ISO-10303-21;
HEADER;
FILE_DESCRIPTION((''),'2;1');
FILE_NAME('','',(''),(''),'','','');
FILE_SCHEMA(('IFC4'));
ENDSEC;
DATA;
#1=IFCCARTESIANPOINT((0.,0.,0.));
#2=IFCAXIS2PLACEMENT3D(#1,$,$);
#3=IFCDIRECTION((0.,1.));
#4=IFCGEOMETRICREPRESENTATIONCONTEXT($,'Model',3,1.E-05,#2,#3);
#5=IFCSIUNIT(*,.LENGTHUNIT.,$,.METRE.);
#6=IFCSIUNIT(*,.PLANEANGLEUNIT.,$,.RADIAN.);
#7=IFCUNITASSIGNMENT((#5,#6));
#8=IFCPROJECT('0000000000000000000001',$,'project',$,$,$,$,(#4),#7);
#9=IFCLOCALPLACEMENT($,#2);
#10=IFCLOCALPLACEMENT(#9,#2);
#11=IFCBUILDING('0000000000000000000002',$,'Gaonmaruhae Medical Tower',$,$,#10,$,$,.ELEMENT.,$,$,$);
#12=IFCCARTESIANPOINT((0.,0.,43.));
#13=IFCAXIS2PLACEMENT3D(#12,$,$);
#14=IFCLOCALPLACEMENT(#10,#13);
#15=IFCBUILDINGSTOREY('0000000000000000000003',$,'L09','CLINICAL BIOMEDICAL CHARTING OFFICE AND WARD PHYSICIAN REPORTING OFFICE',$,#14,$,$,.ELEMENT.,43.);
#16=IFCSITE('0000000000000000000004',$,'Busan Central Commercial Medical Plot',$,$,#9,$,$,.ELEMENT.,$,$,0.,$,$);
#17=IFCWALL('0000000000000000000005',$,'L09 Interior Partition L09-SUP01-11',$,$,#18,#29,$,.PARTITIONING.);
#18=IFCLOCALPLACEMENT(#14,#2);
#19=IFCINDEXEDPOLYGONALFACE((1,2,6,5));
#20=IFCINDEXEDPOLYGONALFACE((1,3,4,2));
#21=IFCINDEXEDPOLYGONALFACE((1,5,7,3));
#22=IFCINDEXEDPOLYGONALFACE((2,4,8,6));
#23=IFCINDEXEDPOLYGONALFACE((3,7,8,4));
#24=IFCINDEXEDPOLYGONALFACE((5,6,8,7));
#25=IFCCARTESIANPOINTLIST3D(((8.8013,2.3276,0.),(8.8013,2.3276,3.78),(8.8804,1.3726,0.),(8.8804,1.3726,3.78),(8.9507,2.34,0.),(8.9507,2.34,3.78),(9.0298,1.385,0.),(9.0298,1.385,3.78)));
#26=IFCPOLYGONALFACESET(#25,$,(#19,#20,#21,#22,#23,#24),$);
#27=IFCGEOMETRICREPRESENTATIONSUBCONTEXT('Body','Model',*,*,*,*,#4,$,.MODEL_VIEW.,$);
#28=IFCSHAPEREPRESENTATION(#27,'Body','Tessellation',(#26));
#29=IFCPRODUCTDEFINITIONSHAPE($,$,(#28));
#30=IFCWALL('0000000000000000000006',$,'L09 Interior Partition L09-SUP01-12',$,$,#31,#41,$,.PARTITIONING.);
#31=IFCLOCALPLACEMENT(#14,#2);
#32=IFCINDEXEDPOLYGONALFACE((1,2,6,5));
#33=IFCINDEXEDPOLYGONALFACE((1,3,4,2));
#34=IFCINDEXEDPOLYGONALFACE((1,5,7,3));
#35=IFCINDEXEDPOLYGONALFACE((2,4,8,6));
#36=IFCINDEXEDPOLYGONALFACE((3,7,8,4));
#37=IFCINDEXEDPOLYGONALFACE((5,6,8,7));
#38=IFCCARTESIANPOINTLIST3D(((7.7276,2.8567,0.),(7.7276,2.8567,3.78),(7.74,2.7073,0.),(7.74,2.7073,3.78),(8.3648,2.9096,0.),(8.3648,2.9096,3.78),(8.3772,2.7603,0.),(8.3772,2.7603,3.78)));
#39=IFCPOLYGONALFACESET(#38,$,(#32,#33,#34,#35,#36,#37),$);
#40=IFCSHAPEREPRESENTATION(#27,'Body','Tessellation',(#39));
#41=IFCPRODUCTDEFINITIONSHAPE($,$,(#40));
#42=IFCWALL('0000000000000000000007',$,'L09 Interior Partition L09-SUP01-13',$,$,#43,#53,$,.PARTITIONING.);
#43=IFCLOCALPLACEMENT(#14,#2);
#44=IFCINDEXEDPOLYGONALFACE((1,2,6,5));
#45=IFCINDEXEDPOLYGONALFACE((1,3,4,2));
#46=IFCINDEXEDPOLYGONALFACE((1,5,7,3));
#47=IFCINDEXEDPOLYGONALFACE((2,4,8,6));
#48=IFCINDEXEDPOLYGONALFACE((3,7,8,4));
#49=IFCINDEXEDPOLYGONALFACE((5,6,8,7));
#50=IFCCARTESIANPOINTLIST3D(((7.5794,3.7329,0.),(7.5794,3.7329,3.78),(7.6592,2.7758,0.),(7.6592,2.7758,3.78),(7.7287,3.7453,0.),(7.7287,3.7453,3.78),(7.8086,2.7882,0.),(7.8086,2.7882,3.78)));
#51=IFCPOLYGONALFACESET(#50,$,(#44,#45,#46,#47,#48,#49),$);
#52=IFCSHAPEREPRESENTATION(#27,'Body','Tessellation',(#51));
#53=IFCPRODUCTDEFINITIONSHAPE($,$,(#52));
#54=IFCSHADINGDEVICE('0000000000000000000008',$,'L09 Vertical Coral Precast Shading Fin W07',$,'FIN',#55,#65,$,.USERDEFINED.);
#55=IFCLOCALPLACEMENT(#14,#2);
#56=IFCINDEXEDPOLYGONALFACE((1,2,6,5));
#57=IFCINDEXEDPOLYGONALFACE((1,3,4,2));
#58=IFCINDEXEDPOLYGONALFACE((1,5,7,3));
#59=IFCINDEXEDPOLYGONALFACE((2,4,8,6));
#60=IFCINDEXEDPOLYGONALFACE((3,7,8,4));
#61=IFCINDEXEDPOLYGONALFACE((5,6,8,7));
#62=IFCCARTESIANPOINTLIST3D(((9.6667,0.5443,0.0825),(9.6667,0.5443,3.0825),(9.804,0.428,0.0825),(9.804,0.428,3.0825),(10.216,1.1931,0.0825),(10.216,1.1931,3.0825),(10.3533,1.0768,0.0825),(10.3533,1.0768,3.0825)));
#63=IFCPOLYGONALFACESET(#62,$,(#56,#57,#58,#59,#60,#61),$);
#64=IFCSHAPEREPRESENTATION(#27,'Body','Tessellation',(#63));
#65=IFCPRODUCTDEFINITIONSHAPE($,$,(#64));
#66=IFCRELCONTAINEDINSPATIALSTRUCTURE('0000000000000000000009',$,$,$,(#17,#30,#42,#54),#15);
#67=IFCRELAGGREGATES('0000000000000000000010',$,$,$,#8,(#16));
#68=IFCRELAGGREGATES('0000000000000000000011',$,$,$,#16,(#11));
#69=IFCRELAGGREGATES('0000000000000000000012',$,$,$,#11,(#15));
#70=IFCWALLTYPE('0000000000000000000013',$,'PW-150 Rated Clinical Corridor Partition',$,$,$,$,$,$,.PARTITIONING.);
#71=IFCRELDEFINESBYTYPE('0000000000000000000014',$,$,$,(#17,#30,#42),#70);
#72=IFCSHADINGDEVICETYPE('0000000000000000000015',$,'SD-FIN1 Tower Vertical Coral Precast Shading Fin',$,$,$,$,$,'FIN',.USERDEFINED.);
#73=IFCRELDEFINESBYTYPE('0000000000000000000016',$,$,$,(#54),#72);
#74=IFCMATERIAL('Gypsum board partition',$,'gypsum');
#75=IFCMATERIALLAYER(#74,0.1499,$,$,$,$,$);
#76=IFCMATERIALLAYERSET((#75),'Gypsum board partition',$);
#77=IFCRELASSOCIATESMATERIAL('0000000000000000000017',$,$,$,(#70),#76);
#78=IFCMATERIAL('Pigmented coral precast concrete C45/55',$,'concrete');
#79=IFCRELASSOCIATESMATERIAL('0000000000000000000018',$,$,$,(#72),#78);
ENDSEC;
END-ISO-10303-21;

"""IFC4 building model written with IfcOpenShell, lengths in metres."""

from ifc_helpers import new_model, si_unit, direction, frame, frame_2d, origin, origin_2d, place, context, subcontext, project, spatial, rectangle, extrude, material, layer, layer_set, type_object, element, save


model = new_model("IFC4")

# Units and contexts
model_context = context("Model", 3, precision=1e-05, world=origin(), true_north=direction((0.0, 1.0)))
body_context = subcontext(model_context, "Body", "Model", "MODEL_VIEW")
ifc_project = project(units=[si_unit("LENGTHUNIT", "METRE"), si_unit("PLANEANGLEUNIT", "RADIAN")], contexts=[model_context])

# Site, building, storey
site_placement = place(None, origin())
site = spatial("IfcSite", under=ifc_project, at=site_placement, Name="Busan Central Commercial Medical Plot", CompositionType="ELEMENT", RefElevation=0.0)
building_placement = place(site_placement, origin())
building = spatial("IfcBuilding", under=site, at=building_placement, Name="Gaonmaruhae Medical Tower", CompositionType="ELEMENT")
storey_placement = place(building_placement, frame((0.0, 0.0, 43.0)))
storey = spatial("IfcBuildingStorey", under=building, at=storey_placement, Name="L09", Description="CLINICAL BIOMEDICAL CHARTING OFFICE AND WARD PHYSICIAN REPORTING OFFICE", CompositionType="ELEMENT", Elevation=43.0)

# Walls
ifc_material_1 = material(Name="Gypsum board partition", Category="gypsum")
ifc_layer_1 = layer(ifc_material_1, 0.1499)
ifc_layer_set_1 = layer_set([ifc_layer_1], Name="Gypsum board partition")
wall_type_1 = type_object("IfcWallType", Name="PW-150 Rated Clinical Corridor Partition", PredefinedType="PARTITIONING", material=ifc_layer_set_1)
wall_1_placement = place(storey_placement, frame((8.9551, 1.3789, 0.0), z_axis=(0.0, 0.0, 1.0), x_axis=(-0.082539, 0.996588, 0.0)))
element("IfcWall", 1, at=wall_1_placement, inside=storey, type_object=wall_type_1, Name="L09 Interior Partition L09-SUP01-11", PredefinedType="PARTITIONING", context=body_context, shape_type="SweptSolid", body=[
    extrude(rectangle(XDim=0.9583, YDim=0.1499, at=frame_2d((0.479, 0.0))), origin(), (0.0, 0.0, 1.0), 3.78),
])
wall_2_placement = place(storey_placement, frame((8.3711, 2.835, 0.0), z_axis=(0.0, 0.0, 1.0), x_axis=(-0.996562, -0.082856, 0.0)))
element("IfcWall", 2, at=wall_2_placement, inside=storey, type_object=wall_type_1, Name="L09 Interior Partition L09-SUP01-12", PredefinedType="PARTITIONING", context=body_context, shape_type="SweptSolid", body=[
    extrude(rectangle(XDim=0.6394, YDim=0.1499, at=frame_2d((0.3198, 0.0))), origin(), (0.0, 0.0, 1.0), 3.78),
])
wall_3_placement = place(storey_placement, frame((7.7339, 2.782, 0.0), z_axis=(0.0, 0.0, 1.0), x_axis=(-0.08313, 0.996539, 0.0)))
element("IfcWall", 3, at=wall_3_placement, inside=storey, type_object=wall_type_1, Name="L09 Interior Partition L09-SUP01-13", PredefinedType="PARTITIONING", context=body_context, shape_type="SweptSolid", body=[
    extrude(rectangle(XDim=0.9604, YDim=0.1499, at=frame_2d((0.4802, 0.0))), origin(), (0.0, 0.0, 1.0), 3.78),
])

# Shading device
ifc_material_2 = material(Name="Pigmented coral precast concrete C45/55", Category="concrete")
shading_device_type = type_object("IfcShadingDeviceType", Name="SD-FIN1 Tower Vertical Coral Precast Shading Fin", ElementType="FIN", PredefinedType="USERDEFINED", material=ifc_material_2)
shading_device_placement = place(storey_placement, frame((10.01, 0.8105, 0.0825), z_axis=(0.0, 0.0, 1.0), x_axis=(-0.763244, 0.646111, 0.0)))
element("IfcShadingDevice", 4, at=shading_device_placement, inside=storey, type_object=shading_device_type, Name="L09 Vertical Coral Precast Shading Fin W07", ObjectType="FIN", PredefinedType="USERDEFINED", context=body_context, shape_type="SweptSolid", body=[
    extrude(rectangle(XDim=0.1799, YDim=0.8501, at=origin_2d()), origin(), (0.0, 0.0, 1.0), 3.0),
])

save(model, "model.ifc")
